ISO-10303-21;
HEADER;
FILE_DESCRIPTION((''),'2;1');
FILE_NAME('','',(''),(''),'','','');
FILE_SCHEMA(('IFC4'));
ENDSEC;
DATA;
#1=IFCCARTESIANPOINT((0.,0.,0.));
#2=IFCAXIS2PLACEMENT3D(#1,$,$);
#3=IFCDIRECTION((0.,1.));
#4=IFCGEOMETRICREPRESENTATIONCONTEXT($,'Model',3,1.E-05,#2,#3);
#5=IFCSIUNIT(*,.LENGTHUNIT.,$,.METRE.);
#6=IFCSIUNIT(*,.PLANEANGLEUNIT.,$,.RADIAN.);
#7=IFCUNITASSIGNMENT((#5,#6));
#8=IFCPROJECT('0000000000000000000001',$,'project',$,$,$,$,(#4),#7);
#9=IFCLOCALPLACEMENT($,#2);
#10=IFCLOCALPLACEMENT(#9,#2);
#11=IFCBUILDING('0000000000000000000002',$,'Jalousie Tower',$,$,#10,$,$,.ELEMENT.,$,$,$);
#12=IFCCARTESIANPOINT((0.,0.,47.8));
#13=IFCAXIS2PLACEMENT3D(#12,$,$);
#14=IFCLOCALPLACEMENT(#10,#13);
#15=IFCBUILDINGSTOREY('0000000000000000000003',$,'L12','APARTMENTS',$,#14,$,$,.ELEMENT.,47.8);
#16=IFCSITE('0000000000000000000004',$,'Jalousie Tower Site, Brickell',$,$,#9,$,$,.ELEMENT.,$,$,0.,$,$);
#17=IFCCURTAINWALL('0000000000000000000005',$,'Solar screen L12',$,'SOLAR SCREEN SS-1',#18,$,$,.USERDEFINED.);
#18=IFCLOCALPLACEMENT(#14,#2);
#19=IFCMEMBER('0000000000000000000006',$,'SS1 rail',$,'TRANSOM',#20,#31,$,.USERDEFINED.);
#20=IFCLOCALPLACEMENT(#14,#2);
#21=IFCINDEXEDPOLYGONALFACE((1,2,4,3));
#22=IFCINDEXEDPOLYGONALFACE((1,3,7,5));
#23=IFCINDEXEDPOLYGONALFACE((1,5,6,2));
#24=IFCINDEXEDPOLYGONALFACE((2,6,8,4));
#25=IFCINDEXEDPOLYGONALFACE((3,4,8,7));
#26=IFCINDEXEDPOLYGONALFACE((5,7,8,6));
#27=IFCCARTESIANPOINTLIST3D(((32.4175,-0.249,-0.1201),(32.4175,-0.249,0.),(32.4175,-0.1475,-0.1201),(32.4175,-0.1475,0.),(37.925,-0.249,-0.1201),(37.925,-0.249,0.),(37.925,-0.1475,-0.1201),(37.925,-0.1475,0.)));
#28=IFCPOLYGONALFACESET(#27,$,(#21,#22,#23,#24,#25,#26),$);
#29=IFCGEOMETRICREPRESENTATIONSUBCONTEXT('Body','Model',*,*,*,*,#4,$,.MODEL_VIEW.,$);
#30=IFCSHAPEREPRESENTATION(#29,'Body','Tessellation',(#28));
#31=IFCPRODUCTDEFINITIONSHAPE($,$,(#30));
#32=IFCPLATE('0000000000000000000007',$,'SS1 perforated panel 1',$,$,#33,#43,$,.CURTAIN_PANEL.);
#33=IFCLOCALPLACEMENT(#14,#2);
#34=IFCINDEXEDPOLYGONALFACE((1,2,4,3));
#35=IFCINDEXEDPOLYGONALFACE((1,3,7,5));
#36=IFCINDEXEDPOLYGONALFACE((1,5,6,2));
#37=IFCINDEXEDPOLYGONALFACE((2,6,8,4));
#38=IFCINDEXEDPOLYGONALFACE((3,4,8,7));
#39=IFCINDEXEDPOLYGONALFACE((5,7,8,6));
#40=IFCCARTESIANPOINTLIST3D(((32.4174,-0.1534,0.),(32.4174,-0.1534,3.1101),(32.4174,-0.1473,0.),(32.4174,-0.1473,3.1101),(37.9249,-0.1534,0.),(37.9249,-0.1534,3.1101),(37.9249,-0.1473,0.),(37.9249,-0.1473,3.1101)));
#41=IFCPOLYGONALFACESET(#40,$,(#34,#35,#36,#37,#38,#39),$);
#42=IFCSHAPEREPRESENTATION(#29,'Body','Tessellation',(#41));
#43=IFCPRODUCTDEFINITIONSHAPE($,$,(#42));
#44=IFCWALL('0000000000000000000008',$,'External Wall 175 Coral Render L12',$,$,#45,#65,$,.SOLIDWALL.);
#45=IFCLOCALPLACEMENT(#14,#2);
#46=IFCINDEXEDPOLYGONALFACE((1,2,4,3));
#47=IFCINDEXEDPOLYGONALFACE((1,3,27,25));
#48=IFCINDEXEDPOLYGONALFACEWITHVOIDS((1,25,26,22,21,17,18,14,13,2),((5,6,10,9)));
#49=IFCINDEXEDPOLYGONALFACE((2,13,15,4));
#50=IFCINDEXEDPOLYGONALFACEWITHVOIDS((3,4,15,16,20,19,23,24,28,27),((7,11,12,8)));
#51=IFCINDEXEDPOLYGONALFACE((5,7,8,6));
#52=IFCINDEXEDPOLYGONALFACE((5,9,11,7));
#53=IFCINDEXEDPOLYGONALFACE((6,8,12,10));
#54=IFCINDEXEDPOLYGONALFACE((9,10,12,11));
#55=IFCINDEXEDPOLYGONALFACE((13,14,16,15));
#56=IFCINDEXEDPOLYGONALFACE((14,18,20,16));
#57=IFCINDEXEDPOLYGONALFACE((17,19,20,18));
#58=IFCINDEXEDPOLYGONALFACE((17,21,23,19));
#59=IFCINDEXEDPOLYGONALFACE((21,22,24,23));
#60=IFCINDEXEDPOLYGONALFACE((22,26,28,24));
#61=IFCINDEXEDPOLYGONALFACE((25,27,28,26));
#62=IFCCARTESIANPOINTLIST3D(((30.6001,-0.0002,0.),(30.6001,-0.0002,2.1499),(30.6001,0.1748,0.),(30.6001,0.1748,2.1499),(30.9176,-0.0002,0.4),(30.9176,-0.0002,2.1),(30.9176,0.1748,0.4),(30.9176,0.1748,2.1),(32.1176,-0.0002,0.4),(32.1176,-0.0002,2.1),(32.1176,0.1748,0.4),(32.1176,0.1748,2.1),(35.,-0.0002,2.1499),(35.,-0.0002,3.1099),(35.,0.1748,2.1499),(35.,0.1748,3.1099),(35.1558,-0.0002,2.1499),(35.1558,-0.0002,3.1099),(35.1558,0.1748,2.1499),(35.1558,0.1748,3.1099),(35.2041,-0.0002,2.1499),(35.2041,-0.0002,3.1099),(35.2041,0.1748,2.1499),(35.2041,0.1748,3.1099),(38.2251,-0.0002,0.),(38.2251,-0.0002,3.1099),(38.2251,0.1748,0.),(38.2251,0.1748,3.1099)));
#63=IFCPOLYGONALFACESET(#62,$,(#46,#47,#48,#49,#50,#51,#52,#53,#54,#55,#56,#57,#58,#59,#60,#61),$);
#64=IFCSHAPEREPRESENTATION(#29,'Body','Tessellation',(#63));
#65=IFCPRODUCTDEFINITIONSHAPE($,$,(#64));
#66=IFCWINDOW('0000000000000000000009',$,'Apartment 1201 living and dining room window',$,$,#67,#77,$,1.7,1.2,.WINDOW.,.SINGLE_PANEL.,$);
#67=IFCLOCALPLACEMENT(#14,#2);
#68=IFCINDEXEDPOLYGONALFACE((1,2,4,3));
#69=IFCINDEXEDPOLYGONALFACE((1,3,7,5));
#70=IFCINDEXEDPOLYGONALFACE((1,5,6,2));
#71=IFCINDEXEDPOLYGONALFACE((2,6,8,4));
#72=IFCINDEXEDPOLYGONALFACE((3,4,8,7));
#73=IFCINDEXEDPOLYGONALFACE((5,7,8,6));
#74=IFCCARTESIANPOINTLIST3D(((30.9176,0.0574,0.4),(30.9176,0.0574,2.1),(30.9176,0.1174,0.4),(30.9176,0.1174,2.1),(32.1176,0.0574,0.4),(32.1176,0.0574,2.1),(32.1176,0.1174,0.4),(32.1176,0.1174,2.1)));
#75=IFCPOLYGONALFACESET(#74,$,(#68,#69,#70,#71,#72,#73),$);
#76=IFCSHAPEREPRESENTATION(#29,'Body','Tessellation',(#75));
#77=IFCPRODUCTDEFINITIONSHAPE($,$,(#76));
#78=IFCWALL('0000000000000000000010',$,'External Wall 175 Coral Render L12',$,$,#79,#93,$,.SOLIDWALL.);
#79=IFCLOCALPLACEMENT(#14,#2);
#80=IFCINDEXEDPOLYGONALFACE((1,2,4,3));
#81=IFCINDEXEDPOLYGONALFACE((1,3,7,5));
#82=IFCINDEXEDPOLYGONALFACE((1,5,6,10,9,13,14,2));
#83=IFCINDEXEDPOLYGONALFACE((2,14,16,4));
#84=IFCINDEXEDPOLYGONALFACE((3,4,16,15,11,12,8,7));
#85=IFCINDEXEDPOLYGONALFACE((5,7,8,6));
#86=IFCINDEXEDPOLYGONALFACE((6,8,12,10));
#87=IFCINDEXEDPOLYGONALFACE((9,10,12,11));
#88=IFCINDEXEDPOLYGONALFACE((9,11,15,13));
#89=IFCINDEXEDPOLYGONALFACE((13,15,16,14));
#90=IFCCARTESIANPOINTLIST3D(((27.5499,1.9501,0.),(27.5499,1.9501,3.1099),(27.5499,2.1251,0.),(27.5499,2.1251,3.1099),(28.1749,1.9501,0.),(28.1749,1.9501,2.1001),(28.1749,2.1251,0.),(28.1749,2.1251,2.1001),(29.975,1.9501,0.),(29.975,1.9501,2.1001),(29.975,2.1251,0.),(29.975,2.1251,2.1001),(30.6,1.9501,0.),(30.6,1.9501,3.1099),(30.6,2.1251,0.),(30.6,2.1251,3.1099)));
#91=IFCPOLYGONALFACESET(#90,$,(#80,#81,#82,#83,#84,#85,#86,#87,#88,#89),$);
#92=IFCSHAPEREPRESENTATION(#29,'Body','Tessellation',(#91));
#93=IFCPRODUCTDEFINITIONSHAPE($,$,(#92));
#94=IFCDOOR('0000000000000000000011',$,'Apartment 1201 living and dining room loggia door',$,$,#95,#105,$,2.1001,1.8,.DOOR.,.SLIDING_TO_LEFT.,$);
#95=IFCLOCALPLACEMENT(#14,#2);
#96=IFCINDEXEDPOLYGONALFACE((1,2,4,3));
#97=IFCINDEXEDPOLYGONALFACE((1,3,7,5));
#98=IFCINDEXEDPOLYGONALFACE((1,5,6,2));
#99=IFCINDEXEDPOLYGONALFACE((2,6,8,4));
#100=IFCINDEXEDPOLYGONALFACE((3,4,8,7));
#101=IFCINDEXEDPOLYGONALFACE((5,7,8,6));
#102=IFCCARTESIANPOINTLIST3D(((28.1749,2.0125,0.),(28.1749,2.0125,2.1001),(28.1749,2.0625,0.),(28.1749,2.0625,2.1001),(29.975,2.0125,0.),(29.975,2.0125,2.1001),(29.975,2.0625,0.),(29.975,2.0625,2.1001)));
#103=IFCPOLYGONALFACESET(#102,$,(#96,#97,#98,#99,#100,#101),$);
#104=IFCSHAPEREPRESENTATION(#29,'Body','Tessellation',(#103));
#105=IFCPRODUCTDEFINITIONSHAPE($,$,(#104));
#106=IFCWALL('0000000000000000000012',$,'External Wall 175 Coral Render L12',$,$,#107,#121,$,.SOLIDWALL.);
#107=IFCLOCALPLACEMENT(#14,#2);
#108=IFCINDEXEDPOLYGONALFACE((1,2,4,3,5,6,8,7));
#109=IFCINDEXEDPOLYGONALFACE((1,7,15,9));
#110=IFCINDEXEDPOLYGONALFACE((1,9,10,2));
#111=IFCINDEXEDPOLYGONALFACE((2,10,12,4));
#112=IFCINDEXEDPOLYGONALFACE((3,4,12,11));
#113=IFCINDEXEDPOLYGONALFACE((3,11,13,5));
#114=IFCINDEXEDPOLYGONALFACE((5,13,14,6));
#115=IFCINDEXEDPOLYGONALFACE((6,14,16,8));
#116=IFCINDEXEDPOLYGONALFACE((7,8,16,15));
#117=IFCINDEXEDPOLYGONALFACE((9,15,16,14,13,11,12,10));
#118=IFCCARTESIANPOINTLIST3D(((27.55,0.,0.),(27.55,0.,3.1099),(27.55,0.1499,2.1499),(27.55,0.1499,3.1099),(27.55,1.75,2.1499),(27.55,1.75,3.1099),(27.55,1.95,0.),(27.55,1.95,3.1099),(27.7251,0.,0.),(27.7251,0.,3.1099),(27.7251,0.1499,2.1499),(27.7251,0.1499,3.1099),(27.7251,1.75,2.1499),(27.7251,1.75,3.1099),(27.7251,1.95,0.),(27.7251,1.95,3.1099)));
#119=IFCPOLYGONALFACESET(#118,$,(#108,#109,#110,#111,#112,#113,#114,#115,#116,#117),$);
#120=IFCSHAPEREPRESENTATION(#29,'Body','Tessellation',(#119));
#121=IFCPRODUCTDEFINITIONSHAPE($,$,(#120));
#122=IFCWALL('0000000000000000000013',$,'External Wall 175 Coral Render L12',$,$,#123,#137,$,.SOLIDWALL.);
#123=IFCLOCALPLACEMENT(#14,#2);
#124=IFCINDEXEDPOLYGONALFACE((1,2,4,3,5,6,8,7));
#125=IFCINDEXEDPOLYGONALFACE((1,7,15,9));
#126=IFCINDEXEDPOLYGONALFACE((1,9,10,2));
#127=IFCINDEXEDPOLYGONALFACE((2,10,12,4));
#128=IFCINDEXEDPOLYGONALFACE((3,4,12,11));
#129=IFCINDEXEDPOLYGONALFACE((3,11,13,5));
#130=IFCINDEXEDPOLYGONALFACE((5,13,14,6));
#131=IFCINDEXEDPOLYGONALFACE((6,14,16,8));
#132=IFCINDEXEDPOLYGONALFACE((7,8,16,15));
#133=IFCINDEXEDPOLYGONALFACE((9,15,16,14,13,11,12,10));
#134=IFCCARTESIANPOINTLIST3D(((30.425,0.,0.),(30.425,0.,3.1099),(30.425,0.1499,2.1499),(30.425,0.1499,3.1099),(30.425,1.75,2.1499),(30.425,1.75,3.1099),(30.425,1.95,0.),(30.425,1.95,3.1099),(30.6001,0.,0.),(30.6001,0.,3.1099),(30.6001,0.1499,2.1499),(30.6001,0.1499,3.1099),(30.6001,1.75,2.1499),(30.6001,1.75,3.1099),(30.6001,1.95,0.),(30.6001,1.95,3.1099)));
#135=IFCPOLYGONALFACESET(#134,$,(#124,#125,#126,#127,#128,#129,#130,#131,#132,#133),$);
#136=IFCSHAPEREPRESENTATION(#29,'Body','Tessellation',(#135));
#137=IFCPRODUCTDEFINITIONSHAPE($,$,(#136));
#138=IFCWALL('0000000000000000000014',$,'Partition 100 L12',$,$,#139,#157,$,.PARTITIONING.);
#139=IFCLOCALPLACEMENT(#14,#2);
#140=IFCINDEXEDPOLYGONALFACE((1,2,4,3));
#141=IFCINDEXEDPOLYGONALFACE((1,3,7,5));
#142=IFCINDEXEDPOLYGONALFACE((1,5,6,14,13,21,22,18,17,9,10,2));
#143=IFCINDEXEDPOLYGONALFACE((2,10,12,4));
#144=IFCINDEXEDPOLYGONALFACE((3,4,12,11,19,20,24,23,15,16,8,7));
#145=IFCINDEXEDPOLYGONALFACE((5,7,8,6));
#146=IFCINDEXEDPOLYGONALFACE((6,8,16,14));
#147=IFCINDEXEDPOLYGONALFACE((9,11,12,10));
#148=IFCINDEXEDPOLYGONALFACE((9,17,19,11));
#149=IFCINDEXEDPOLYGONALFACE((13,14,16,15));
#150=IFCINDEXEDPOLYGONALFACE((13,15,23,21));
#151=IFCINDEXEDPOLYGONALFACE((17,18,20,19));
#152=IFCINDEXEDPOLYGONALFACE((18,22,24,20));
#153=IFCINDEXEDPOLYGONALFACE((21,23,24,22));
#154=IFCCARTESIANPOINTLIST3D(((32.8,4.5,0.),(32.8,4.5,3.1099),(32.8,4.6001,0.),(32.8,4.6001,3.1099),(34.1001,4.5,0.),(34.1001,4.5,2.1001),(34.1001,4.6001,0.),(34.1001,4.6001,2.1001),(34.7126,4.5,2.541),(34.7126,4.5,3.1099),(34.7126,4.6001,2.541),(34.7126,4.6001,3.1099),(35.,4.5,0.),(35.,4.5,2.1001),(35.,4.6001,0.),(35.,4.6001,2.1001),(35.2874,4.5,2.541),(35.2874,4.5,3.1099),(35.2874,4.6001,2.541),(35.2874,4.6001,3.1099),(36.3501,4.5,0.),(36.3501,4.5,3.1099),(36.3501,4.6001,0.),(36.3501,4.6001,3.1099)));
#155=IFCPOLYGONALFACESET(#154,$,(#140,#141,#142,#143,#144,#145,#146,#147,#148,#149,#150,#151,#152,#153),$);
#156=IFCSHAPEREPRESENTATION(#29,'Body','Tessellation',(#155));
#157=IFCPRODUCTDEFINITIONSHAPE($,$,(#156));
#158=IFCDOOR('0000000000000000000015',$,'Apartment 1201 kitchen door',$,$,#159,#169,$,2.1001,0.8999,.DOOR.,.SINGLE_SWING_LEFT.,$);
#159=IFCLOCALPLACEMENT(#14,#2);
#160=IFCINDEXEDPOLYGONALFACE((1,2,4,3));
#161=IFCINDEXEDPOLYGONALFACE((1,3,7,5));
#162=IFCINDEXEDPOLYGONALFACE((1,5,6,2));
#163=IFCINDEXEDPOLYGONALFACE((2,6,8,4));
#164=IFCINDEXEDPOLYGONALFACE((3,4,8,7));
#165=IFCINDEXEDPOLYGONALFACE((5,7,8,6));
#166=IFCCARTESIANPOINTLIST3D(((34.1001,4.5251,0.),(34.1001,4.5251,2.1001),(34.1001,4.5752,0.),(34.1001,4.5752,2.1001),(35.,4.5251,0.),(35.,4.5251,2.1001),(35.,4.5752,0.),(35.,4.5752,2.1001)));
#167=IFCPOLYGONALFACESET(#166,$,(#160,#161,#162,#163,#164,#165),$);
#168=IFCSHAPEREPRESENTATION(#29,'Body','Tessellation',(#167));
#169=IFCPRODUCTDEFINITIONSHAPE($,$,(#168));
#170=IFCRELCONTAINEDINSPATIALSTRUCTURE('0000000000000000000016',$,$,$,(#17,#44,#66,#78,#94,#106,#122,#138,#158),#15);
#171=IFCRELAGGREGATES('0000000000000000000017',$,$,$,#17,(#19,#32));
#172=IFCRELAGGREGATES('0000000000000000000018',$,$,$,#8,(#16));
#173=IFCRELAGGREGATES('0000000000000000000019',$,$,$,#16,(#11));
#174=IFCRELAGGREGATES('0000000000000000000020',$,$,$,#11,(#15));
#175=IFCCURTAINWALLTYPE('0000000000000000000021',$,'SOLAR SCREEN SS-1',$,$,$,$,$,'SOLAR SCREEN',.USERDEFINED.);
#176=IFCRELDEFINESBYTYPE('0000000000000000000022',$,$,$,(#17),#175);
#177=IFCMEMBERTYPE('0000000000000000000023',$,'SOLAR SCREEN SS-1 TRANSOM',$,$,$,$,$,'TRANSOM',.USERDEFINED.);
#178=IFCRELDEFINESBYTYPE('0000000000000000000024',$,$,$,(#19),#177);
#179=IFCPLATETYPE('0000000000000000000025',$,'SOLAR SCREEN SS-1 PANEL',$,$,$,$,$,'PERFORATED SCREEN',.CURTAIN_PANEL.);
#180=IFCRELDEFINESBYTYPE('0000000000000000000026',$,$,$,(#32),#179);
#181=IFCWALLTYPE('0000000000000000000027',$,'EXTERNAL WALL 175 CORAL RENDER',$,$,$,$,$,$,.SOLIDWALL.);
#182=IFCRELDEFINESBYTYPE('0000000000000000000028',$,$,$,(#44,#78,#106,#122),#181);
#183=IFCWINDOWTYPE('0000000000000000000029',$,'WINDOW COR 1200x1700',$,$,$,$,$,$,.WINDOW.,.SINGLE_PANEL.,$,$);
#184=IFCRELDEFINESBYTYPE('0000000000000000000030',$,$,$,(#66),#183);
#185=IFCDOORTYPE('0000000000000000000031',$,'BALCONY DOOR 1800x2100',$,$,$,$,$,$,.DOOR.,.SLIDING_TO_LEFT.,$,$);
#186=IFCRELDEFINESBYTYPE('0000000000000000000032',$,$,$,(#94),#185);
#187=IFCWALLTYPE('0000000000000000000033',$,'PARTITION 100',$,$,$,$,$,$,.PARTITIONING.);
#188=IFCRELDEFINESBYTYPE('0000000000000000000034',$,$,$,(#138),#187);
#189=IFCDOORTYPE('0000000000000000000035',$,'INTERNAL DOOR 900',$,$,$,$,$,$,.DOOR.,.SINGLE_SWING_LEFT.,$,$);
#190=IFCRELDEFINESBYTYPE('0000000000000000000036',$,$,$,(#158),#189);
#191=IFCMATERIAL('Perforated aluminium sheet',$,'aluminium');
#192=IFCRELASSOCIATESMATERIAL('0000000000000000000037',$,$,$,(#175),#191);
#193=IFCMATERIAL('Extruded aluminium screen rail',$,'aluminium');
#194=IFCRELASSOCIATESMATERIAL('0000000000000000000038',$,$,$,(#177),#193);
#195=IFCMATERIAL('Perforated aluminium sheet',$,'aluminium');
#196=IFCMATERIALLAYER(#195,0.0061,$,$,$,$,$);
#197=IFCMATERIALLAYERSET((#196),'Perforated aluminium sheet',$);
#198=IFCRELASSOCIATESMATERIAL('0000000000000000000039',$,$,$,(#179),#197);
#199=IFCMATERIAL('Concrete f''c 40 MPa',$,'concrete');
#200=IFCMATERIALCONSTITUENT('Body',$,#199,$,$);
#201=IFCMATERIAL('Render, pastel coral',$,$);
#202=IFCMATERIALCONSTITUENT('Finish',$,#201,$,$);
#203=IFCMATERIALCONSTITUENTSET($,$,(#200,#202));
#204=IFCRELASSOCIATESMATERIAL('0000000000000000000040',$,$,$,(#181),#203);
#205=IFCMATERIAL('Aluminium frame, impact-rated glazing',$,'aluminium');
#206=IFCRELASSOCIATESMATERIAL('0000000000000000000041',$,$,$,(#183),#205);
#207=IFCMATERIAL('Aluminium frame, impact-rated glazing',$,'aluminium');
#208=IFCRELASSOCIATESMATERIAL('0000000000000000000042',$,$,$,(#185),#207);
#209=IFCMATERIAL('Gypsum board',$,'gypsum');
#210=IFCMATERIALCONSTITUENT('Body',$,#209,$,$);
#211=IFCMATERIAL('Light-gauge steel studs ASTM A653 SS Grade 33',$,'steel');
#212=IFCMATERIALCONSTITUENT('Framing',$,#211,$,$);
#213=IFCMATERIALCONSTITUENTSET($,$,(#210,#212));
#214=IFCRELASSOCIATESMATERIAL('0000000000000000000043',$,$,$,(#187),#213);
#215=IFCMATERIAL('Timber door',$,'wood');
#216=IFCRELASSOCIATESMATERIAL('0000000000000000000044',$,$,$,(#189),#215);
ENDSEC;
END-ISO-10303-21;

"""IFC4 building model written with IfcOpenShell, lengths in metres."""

from ifc_helpers import new_model, si_unit, direction, frame, frame_2d, origin, origin_2d, place, context, subcontext, project, spatial, polyline, rectangle, outline, extrude, material, layer, layer_set, constituent, constituent_set, material_profile, profile_set, type_object, element, fill, aggregate, save


model = new_model("IFC4")

# Units and contexts
model_context = context("Model", 3, precision=1e-05, world=origin(), true_north=direction((0.0, 1.0)))
body_context = subcontext(model_context, "Body", "Model", "MODEL_VIEW")
ifc_project = project(units=[si_unit("LENGTHUNIT", "METRE"), si_unit("PLANEANGLEUNIT", "RADIAN")], contexts=[model_context])

# Site, building, storey
site_placement = place(None, origin())
site = spatial("IfcSite", under=ifc_project, at=site_placement, Name="Jalousie Tower Site, Brickell", CompositionType="ELEMENT", RefElevation=0.0)
building_placement = place(site_placement, origin())
building = spatial("IfcBuilding", under=site, at=building_placement, Name="Jalousie Tower", CompositionType="ELEMENT")
storey_placement = place(building_placement, frame((0.0, 0.0, 47.8)))
storey = spatial("IfcBuildingStorey", under=building, at=storey_placement, Name="L12", Description="APARTMENTS", CompositionType="ELEMENT", Elevation=47.8)

# Shared definitions
ifc_material_1 = material(Name="Perforated aluminium sheet", Category="aluminium")
curtain_wall_type = type_object("IfcCurtainWallType", Name="SOLAR SCREEN SS-1", ElementType="SOLAR SCREEN", PredefinedType="USERDEFINED", material=ifc_material_1)

# Curtain wall, member, plate
curtain_wall_1_placement = place(storey_placement, origin())
curtain_wall_1 = element("IfcCurtainWall", 1, at=curtain_wall_1_placement, inside=storey, type_object=curtain_wall_type, Name="Solar screen L12", ObjectType="SOLAR SCREEN SS-1", PredefinedType="USERDEFINED")
ifc_material_2 = material(Name="Extruded aluminium screen rail", Category="aluminium")
ifc_material_profile_1 = material_profile(ifc_material_2, rectangle(XDim=0.1016, YDim=0.1201, at=origin_2d()), Name="RAIL 102x120")
ifc_profile_set_1 = profile_set([ifc_material_profile_1], Name="Extruded aluminium screen rail")
member_type_1 = type_object("IfcMemberType", Name="SOLAR SCREEN SS-1 TRANSOM", ElementType="TRANSOM", PredefinedType="USERDEFINED", material=ifc_profile_set_1)
member_1_placement = place(storey_placement, frame((32.4175, -0.1982, -0.0601), z_axis=(1.0, 0.0, 0.0), x_axis=(0.0, 1.0, 0.0)))
member_1 = element("IfcMember", 2, at=member_1_placement, type_object=member_type_1, Name="SS1 rail", ObjectType="TRANSOM", PredefinedType="USERDEFINED", context=body_context, shape_type="SweptSolid", body=[
    extrude(rectangle(XDim=0.1016, YDim=0.1201, at=origin_2d()), origin(), (0.0, 0.0, 1.0), 5.5076),
])
ifc_material_3 = material(Name="Perforated aluminium sheet", Category="aluminium")
ifc_layer_1 = layer(ifc_material_3, 0.0061)
ifc_layer_set_1 = layer_set([ifc_layer_1], Name="Perforated aluminium sheet")
plate_type = type_object("IfcPlateType", Name="SOLAR SCREEN SS-1 PANEL", ElementType="PERFORATED SCREEN", PredefinedType="CURTAIN_PANEL", material=ifc_layer_set_1)
plate_placement = place(storey_placement, frame((35.1711, -0.1504, 0.0), z_axis=(0.0, 0.0, 1.0), x_axis=(1.0, 0.0, 0.0)))
plate = element("IfcPlate", 3, at=plate_placement, type_object=plate_type, Name="SS1 perforated panel 1", PredefinedType="CURTAIN_PANEL", context=body_context, shape_type="SweptSolid", body=[
    extrude(rectangle(XDim=5.5076, YDim=0.0061, at=origin_2d()), origin(), (0.0, 0.0, 1.0), 3.1101),
])
aggregate(curtain_wall_1, [member_1, plate])

# Wall, opening, window
ifc_material_4 = material(Name="Concrete f'c 40 MPa", Category="concrete")
ifc_constituent_1 = constituent(ifc_material_4, Name="Body")
ifc_material_5 = material(Name="Render, pastel coral")
ifc_constituent_2 = constituent(ifc_material_5, Name="Finish")
ifc_constituent_set_1 = constituent_set(constituents=[ifc_constituent_1, ifc_constituent_2])
wall_type_1 = type_object("IfcWallType", Name="EXTERNAL WALL 175 CORAL RENDER", PredefinedType="SOLIDWALL", material=ifc_constituent_set_1)
wall_1_placement = place(storey_placement, frame((30.6001, 0.0874, 0.0), z_axis=(0.0, 0.0, 1.0), x_axis=(1.0, 0.0, 0.0)))
wall_1 = element("IfcWall", 4, at=wall_1_placement, inside=storey, type_object=wall_type_1, Name="External Wall 175 Coral Render L12", PredefinedType="SOLIDWALL", context=body_context, shape_type="SweptSolid", body=[
    extrude(outline(polyline([(0.0, 0.0), (7.625, 0.0), (7.625, 3.1099), (4.604, 3.1099), (4.604, 2.1499), (4.5557, 2.1499), (4.5557, 3.1099), (4.3999, 3.1099), (4.3999, 2.1499), (0.0, 2.1499), (0.0, 0.0)])), frame((0.0, 0.0874, 0.0), z_axis=(0.0, -1.0, 0.0), x_axis=(1.0, 0.0, 0.0)), (0.0, 0.0, 1.0), 0.175),
])
opening_1_placement = place(wall_1_placement, frame((0.3174, 0.0, 0.3999)))
opening_1 = element("IfcOpeningElement", 5, at=opening_1_placement, cuts=wall_1, PredefinedType="OPENING", context=body_context, shape_type="SweptSolid", body=[
    extrude(rectangle(XDim=1.2, YDim=1.7, at=frame_2d((0.6001, 0.8501))), frame((0.0, 0.0974, 0.0), z_axis=(0.0, -1.0, 0.0), x_axis=(1.0, 0.0, 0.0)), (0.0, 0.0, 1.0), 0.1951),
])
ifc_material_6 = material(Name="Aluminium frame, impact-rated glazing", Category="aluminium")
window_type = type_object("IfcWindowType", Name="WINDOW COR 1200x1700", PartitioningType="SINGLE_PANEL", PredefinedType="WINDOW", material=ifc_material_6)
window_placement = place(opening_1_placement, origin())
window = element("IfcWindow", 6, at=window_placement, inside=storey, type_object=window_type, Name="Apartment 1201 living and dining room window", OverallHeight=1.7, OverallWidth=1.2, PartitioningType="SINGLE_PANEL", PredefinedType="WINDOW", context=body_context, shape_type="SweptSolid", body=[
    extrude(rectangle(XDim=1.2, YDim=1.7, at=frame_2d((0.6001, 0.8501))), frame((0.0, 0.03, 0.0), z_axis=(0.0, -1.0, 0.0), x_axis=(1.0, 0.0, 0.0)), (0.0, 0.0, 1.0), 0.0601),
])
fill(opening_1, window)

# Wall, opening, door
wall_2_placement = place(storey_placement, frame((27.55, 2.0376, 0.0), z_axis=(0.0, 0.0, 1.0), x_axis=(1.0, 0.0, 0.0)))
wall_2 = element("IfcWall", 7, at=wall_2_placement, inside=storey, type_object=wall_type_1, Name="External Wall 175 Coral Render L12", PredefinedType="SOLIDWALL", context=body_context, shape_type="SweptSolid", body=[
    extrude(rectangle(XDim=3.05, YDim=0.175, at=frame_2d((1.5249, 0.0))), origin(), (0.0, 0.0, 1.0), 3.1099),
])
opening_2_placement = place(wall_2_placement, frame((0.625, 0.0, 0.0)))
opening_2 = element("IfcOpeningElement", 8, at=opening_2_placement, cuts=wall_2, PredefinedType="OPENING", context=body_context, shape_type="SweptSolid", body=[
    extrude(rectangle(XDim=1.8, YDim=2.1001, at=frame_2d((0.8999, 1.05))), frame((0.0, 0.0974, 0.0), z_axis=(0.0, -1.0, 0.0), x_axis=(1.0, 0.0, 0.0)), (0.0, 0.0, 1.0), 0.1951),
])
ifc_material_7 = material(Name="Aluminium frame, impact-rated glazing", Category="aluminium")
door_type_1 = type_object("IfcDoorType", Name="BALCONY DOOR 1800x2100", OperationType="SLIDING_TO_LEFT", PredefinedType="DOOR", material=ifc_material_7)
door_1_placement = place(opening_2_placement, origin())
door_1 = element("IfcDoor", 9, at=door_1_placement, inside=storey, type_object=door_type_1, Name="Apartment 1201 living and dining room loggia door", OperationType="SLIDING_TO_LEFT", OverallHeight=2.1001, OverallWidth=1.8, PredefinedType="DOOR", context=body_context, shape_type="SweptSolid", body=[
    extrude(rectangle(XDim=1.8, YDim=2.1001, at=frame_2d((0.8999, 1.05))), frame((0.0, 0.0249, 0.0), z_axis=(0.0, -1.0, 0.0), x_axis=(1.0, 0.0, 0.0)), (0.0, 0.0, 1.0), 0.05),
])
fill(opening_2, door_1)

# Walls
for number, where, z_axis, x_axis, name in (
    (10, (27.6375, 0.0, 0.0), (0.0, 0.0, 1.0), (0.0, 1.0, 0.0), "External Wall 175 Coral Render L12"),
    (11, (30.5125, 0.0, 0.0), (0.0, 0.0, 1.0), (0.0, 1.0, 0.0), "External Wall 175 Coral Render L12"),
):
    element("IfcWall", number, at=place(storey_placement, frame(where, z_axis=z_axis, x_axis=x_axis)), inside=storey, type_object=wall_type_1, Name=name, PredefinedType="SOLIDWALL", context=body_context, shape_type="SweptSolid", body=[
        extrude(outline(polyline([(0.0, 0.0), (1.95, 0.0), (1.95, 3.1099), (1.75, 3.1099), (1.75, 2.1499), (0.1499, 2.1499), (0.1499, 3.1099), (0.0, 3.1099), (0.0, 0.0)])), frame((0.0, 0.0874, 0.0), z_axis=(0.0, -1.0, 0.0), x_axis=(1.0, 0.0, 0.0)), (0.0, 0.0, 1.0), 0.175),
    ])

# Wall, opening, door
ifc_material_8 = material(Name="Gypsum board", Category="gypsum")
ifc_constituent_3 = constituent(ifc_material_8, Name="Body")
ifc_material_9 = material(Name="Light-gauge steel studs ASTM A653 SS Grade 33", Category="steel")
ifc_constituent_4 = constituent(ifc_material_9, Name="Framing")
ifc_constituent_set_2 = constituent_set(constituents=[ifc_constituent_3, ifc_constituent_4])
wall_type_2 = type_object("IfcWallType", Name="PARTITION 100", PredefinedType="PARTITIONING", material=ifc_constituent_set_2)
wall_3_placement = place(storey_placement, frame((32.8, 4.55, 0.0), z_axis=(0.0, 0.0, 1.0), x_axis=(1.0, 0.0, 0.0)))
wall_3 = element("IfcWall", 12, at=wall_3_placement, inside=storey, type_object=wall_type_2, Name="Partition 100 L12", PredefinedType="PARTITIONING", context=body_context, shape_type="SweptSolid", body=[
    extrude(outline(polyline([(0.0, 0.0), (3.55, 0.0), (3.55, 3.1099), (2.4873, 3.1099), (2.4873, 2.541), (1.9126, 2.541), (1.9126, 3.1099), (0.0, 3.1099), (0.0, 0.0)])), frame((0.0, 0.05, 0.0), z_axis=(0.0, -1.0, 0.0), x_axis=(1.0, 0.0, 0.0)), (0.0, 0.0, 1.0), 0.1001),
])
opening_3_placement = place(wall_3_placement, frame((1.3, 0.0, 0.0)))
opening_3 = element("IfcOpeningElement", 13, at=opening_3_placement, cuts=wall_3, PredefinedType="OPENING", context=body_context, shape_type="SweptSolid", body=[
    extrude(rectangle(XDim=0.8999, YDim=2.1001, at=frame_2d((0.45, 1.05))), frame((0.0, 0.0601, 0.0), z_axis=(0.0, -1.0, 0.0), x_axis=(1.0, 0.0, 0.0)), (0.0, 0.0, 1.0), 0.1201),
])
ifc_material_10 = material(Name="Timber door", Category="wood")
door_type_2 = type_object("IfcDoorType", Name="INTERNAL DOOR 900", OperationType="SINGLE_SWING_LEFT", PredefinedType="DOOR", material=ifc_material_10)
door_2_placement = place(opening_3_placement, frame((0.8999, 0.0, 0.0), z_axis=(0.0, 0.0, 1.0), x_axis=(-1.0, 0.0, 0.0)))
door_2 = element("IfcDoor", 14, at=door_2_placement, inside=storey, type_object=door_type_2, Name="Apartment 1201 kitchen door", OperationType="SINGLE_SWING_LEFT", OverallHeight=2.1001, OverallWidth=0.8999, PredefinedType="DOOR", context=body_context, shape_type="SweptSolid", body=[
    extrude(rectangle(XDim=0.8999, YDim=2.1001, at=frame_2d((0.45, 1.05))), frame((0.0, 0.0249, 0.0), z_axis=(0.0, -1.0, 0.0), x_axis=(1.0, 0.0, 0.0)), (0.0, 0.0, 1.0), 0.05),
])
fill(opening_3, door_2)

save(model, "model.ifc")
